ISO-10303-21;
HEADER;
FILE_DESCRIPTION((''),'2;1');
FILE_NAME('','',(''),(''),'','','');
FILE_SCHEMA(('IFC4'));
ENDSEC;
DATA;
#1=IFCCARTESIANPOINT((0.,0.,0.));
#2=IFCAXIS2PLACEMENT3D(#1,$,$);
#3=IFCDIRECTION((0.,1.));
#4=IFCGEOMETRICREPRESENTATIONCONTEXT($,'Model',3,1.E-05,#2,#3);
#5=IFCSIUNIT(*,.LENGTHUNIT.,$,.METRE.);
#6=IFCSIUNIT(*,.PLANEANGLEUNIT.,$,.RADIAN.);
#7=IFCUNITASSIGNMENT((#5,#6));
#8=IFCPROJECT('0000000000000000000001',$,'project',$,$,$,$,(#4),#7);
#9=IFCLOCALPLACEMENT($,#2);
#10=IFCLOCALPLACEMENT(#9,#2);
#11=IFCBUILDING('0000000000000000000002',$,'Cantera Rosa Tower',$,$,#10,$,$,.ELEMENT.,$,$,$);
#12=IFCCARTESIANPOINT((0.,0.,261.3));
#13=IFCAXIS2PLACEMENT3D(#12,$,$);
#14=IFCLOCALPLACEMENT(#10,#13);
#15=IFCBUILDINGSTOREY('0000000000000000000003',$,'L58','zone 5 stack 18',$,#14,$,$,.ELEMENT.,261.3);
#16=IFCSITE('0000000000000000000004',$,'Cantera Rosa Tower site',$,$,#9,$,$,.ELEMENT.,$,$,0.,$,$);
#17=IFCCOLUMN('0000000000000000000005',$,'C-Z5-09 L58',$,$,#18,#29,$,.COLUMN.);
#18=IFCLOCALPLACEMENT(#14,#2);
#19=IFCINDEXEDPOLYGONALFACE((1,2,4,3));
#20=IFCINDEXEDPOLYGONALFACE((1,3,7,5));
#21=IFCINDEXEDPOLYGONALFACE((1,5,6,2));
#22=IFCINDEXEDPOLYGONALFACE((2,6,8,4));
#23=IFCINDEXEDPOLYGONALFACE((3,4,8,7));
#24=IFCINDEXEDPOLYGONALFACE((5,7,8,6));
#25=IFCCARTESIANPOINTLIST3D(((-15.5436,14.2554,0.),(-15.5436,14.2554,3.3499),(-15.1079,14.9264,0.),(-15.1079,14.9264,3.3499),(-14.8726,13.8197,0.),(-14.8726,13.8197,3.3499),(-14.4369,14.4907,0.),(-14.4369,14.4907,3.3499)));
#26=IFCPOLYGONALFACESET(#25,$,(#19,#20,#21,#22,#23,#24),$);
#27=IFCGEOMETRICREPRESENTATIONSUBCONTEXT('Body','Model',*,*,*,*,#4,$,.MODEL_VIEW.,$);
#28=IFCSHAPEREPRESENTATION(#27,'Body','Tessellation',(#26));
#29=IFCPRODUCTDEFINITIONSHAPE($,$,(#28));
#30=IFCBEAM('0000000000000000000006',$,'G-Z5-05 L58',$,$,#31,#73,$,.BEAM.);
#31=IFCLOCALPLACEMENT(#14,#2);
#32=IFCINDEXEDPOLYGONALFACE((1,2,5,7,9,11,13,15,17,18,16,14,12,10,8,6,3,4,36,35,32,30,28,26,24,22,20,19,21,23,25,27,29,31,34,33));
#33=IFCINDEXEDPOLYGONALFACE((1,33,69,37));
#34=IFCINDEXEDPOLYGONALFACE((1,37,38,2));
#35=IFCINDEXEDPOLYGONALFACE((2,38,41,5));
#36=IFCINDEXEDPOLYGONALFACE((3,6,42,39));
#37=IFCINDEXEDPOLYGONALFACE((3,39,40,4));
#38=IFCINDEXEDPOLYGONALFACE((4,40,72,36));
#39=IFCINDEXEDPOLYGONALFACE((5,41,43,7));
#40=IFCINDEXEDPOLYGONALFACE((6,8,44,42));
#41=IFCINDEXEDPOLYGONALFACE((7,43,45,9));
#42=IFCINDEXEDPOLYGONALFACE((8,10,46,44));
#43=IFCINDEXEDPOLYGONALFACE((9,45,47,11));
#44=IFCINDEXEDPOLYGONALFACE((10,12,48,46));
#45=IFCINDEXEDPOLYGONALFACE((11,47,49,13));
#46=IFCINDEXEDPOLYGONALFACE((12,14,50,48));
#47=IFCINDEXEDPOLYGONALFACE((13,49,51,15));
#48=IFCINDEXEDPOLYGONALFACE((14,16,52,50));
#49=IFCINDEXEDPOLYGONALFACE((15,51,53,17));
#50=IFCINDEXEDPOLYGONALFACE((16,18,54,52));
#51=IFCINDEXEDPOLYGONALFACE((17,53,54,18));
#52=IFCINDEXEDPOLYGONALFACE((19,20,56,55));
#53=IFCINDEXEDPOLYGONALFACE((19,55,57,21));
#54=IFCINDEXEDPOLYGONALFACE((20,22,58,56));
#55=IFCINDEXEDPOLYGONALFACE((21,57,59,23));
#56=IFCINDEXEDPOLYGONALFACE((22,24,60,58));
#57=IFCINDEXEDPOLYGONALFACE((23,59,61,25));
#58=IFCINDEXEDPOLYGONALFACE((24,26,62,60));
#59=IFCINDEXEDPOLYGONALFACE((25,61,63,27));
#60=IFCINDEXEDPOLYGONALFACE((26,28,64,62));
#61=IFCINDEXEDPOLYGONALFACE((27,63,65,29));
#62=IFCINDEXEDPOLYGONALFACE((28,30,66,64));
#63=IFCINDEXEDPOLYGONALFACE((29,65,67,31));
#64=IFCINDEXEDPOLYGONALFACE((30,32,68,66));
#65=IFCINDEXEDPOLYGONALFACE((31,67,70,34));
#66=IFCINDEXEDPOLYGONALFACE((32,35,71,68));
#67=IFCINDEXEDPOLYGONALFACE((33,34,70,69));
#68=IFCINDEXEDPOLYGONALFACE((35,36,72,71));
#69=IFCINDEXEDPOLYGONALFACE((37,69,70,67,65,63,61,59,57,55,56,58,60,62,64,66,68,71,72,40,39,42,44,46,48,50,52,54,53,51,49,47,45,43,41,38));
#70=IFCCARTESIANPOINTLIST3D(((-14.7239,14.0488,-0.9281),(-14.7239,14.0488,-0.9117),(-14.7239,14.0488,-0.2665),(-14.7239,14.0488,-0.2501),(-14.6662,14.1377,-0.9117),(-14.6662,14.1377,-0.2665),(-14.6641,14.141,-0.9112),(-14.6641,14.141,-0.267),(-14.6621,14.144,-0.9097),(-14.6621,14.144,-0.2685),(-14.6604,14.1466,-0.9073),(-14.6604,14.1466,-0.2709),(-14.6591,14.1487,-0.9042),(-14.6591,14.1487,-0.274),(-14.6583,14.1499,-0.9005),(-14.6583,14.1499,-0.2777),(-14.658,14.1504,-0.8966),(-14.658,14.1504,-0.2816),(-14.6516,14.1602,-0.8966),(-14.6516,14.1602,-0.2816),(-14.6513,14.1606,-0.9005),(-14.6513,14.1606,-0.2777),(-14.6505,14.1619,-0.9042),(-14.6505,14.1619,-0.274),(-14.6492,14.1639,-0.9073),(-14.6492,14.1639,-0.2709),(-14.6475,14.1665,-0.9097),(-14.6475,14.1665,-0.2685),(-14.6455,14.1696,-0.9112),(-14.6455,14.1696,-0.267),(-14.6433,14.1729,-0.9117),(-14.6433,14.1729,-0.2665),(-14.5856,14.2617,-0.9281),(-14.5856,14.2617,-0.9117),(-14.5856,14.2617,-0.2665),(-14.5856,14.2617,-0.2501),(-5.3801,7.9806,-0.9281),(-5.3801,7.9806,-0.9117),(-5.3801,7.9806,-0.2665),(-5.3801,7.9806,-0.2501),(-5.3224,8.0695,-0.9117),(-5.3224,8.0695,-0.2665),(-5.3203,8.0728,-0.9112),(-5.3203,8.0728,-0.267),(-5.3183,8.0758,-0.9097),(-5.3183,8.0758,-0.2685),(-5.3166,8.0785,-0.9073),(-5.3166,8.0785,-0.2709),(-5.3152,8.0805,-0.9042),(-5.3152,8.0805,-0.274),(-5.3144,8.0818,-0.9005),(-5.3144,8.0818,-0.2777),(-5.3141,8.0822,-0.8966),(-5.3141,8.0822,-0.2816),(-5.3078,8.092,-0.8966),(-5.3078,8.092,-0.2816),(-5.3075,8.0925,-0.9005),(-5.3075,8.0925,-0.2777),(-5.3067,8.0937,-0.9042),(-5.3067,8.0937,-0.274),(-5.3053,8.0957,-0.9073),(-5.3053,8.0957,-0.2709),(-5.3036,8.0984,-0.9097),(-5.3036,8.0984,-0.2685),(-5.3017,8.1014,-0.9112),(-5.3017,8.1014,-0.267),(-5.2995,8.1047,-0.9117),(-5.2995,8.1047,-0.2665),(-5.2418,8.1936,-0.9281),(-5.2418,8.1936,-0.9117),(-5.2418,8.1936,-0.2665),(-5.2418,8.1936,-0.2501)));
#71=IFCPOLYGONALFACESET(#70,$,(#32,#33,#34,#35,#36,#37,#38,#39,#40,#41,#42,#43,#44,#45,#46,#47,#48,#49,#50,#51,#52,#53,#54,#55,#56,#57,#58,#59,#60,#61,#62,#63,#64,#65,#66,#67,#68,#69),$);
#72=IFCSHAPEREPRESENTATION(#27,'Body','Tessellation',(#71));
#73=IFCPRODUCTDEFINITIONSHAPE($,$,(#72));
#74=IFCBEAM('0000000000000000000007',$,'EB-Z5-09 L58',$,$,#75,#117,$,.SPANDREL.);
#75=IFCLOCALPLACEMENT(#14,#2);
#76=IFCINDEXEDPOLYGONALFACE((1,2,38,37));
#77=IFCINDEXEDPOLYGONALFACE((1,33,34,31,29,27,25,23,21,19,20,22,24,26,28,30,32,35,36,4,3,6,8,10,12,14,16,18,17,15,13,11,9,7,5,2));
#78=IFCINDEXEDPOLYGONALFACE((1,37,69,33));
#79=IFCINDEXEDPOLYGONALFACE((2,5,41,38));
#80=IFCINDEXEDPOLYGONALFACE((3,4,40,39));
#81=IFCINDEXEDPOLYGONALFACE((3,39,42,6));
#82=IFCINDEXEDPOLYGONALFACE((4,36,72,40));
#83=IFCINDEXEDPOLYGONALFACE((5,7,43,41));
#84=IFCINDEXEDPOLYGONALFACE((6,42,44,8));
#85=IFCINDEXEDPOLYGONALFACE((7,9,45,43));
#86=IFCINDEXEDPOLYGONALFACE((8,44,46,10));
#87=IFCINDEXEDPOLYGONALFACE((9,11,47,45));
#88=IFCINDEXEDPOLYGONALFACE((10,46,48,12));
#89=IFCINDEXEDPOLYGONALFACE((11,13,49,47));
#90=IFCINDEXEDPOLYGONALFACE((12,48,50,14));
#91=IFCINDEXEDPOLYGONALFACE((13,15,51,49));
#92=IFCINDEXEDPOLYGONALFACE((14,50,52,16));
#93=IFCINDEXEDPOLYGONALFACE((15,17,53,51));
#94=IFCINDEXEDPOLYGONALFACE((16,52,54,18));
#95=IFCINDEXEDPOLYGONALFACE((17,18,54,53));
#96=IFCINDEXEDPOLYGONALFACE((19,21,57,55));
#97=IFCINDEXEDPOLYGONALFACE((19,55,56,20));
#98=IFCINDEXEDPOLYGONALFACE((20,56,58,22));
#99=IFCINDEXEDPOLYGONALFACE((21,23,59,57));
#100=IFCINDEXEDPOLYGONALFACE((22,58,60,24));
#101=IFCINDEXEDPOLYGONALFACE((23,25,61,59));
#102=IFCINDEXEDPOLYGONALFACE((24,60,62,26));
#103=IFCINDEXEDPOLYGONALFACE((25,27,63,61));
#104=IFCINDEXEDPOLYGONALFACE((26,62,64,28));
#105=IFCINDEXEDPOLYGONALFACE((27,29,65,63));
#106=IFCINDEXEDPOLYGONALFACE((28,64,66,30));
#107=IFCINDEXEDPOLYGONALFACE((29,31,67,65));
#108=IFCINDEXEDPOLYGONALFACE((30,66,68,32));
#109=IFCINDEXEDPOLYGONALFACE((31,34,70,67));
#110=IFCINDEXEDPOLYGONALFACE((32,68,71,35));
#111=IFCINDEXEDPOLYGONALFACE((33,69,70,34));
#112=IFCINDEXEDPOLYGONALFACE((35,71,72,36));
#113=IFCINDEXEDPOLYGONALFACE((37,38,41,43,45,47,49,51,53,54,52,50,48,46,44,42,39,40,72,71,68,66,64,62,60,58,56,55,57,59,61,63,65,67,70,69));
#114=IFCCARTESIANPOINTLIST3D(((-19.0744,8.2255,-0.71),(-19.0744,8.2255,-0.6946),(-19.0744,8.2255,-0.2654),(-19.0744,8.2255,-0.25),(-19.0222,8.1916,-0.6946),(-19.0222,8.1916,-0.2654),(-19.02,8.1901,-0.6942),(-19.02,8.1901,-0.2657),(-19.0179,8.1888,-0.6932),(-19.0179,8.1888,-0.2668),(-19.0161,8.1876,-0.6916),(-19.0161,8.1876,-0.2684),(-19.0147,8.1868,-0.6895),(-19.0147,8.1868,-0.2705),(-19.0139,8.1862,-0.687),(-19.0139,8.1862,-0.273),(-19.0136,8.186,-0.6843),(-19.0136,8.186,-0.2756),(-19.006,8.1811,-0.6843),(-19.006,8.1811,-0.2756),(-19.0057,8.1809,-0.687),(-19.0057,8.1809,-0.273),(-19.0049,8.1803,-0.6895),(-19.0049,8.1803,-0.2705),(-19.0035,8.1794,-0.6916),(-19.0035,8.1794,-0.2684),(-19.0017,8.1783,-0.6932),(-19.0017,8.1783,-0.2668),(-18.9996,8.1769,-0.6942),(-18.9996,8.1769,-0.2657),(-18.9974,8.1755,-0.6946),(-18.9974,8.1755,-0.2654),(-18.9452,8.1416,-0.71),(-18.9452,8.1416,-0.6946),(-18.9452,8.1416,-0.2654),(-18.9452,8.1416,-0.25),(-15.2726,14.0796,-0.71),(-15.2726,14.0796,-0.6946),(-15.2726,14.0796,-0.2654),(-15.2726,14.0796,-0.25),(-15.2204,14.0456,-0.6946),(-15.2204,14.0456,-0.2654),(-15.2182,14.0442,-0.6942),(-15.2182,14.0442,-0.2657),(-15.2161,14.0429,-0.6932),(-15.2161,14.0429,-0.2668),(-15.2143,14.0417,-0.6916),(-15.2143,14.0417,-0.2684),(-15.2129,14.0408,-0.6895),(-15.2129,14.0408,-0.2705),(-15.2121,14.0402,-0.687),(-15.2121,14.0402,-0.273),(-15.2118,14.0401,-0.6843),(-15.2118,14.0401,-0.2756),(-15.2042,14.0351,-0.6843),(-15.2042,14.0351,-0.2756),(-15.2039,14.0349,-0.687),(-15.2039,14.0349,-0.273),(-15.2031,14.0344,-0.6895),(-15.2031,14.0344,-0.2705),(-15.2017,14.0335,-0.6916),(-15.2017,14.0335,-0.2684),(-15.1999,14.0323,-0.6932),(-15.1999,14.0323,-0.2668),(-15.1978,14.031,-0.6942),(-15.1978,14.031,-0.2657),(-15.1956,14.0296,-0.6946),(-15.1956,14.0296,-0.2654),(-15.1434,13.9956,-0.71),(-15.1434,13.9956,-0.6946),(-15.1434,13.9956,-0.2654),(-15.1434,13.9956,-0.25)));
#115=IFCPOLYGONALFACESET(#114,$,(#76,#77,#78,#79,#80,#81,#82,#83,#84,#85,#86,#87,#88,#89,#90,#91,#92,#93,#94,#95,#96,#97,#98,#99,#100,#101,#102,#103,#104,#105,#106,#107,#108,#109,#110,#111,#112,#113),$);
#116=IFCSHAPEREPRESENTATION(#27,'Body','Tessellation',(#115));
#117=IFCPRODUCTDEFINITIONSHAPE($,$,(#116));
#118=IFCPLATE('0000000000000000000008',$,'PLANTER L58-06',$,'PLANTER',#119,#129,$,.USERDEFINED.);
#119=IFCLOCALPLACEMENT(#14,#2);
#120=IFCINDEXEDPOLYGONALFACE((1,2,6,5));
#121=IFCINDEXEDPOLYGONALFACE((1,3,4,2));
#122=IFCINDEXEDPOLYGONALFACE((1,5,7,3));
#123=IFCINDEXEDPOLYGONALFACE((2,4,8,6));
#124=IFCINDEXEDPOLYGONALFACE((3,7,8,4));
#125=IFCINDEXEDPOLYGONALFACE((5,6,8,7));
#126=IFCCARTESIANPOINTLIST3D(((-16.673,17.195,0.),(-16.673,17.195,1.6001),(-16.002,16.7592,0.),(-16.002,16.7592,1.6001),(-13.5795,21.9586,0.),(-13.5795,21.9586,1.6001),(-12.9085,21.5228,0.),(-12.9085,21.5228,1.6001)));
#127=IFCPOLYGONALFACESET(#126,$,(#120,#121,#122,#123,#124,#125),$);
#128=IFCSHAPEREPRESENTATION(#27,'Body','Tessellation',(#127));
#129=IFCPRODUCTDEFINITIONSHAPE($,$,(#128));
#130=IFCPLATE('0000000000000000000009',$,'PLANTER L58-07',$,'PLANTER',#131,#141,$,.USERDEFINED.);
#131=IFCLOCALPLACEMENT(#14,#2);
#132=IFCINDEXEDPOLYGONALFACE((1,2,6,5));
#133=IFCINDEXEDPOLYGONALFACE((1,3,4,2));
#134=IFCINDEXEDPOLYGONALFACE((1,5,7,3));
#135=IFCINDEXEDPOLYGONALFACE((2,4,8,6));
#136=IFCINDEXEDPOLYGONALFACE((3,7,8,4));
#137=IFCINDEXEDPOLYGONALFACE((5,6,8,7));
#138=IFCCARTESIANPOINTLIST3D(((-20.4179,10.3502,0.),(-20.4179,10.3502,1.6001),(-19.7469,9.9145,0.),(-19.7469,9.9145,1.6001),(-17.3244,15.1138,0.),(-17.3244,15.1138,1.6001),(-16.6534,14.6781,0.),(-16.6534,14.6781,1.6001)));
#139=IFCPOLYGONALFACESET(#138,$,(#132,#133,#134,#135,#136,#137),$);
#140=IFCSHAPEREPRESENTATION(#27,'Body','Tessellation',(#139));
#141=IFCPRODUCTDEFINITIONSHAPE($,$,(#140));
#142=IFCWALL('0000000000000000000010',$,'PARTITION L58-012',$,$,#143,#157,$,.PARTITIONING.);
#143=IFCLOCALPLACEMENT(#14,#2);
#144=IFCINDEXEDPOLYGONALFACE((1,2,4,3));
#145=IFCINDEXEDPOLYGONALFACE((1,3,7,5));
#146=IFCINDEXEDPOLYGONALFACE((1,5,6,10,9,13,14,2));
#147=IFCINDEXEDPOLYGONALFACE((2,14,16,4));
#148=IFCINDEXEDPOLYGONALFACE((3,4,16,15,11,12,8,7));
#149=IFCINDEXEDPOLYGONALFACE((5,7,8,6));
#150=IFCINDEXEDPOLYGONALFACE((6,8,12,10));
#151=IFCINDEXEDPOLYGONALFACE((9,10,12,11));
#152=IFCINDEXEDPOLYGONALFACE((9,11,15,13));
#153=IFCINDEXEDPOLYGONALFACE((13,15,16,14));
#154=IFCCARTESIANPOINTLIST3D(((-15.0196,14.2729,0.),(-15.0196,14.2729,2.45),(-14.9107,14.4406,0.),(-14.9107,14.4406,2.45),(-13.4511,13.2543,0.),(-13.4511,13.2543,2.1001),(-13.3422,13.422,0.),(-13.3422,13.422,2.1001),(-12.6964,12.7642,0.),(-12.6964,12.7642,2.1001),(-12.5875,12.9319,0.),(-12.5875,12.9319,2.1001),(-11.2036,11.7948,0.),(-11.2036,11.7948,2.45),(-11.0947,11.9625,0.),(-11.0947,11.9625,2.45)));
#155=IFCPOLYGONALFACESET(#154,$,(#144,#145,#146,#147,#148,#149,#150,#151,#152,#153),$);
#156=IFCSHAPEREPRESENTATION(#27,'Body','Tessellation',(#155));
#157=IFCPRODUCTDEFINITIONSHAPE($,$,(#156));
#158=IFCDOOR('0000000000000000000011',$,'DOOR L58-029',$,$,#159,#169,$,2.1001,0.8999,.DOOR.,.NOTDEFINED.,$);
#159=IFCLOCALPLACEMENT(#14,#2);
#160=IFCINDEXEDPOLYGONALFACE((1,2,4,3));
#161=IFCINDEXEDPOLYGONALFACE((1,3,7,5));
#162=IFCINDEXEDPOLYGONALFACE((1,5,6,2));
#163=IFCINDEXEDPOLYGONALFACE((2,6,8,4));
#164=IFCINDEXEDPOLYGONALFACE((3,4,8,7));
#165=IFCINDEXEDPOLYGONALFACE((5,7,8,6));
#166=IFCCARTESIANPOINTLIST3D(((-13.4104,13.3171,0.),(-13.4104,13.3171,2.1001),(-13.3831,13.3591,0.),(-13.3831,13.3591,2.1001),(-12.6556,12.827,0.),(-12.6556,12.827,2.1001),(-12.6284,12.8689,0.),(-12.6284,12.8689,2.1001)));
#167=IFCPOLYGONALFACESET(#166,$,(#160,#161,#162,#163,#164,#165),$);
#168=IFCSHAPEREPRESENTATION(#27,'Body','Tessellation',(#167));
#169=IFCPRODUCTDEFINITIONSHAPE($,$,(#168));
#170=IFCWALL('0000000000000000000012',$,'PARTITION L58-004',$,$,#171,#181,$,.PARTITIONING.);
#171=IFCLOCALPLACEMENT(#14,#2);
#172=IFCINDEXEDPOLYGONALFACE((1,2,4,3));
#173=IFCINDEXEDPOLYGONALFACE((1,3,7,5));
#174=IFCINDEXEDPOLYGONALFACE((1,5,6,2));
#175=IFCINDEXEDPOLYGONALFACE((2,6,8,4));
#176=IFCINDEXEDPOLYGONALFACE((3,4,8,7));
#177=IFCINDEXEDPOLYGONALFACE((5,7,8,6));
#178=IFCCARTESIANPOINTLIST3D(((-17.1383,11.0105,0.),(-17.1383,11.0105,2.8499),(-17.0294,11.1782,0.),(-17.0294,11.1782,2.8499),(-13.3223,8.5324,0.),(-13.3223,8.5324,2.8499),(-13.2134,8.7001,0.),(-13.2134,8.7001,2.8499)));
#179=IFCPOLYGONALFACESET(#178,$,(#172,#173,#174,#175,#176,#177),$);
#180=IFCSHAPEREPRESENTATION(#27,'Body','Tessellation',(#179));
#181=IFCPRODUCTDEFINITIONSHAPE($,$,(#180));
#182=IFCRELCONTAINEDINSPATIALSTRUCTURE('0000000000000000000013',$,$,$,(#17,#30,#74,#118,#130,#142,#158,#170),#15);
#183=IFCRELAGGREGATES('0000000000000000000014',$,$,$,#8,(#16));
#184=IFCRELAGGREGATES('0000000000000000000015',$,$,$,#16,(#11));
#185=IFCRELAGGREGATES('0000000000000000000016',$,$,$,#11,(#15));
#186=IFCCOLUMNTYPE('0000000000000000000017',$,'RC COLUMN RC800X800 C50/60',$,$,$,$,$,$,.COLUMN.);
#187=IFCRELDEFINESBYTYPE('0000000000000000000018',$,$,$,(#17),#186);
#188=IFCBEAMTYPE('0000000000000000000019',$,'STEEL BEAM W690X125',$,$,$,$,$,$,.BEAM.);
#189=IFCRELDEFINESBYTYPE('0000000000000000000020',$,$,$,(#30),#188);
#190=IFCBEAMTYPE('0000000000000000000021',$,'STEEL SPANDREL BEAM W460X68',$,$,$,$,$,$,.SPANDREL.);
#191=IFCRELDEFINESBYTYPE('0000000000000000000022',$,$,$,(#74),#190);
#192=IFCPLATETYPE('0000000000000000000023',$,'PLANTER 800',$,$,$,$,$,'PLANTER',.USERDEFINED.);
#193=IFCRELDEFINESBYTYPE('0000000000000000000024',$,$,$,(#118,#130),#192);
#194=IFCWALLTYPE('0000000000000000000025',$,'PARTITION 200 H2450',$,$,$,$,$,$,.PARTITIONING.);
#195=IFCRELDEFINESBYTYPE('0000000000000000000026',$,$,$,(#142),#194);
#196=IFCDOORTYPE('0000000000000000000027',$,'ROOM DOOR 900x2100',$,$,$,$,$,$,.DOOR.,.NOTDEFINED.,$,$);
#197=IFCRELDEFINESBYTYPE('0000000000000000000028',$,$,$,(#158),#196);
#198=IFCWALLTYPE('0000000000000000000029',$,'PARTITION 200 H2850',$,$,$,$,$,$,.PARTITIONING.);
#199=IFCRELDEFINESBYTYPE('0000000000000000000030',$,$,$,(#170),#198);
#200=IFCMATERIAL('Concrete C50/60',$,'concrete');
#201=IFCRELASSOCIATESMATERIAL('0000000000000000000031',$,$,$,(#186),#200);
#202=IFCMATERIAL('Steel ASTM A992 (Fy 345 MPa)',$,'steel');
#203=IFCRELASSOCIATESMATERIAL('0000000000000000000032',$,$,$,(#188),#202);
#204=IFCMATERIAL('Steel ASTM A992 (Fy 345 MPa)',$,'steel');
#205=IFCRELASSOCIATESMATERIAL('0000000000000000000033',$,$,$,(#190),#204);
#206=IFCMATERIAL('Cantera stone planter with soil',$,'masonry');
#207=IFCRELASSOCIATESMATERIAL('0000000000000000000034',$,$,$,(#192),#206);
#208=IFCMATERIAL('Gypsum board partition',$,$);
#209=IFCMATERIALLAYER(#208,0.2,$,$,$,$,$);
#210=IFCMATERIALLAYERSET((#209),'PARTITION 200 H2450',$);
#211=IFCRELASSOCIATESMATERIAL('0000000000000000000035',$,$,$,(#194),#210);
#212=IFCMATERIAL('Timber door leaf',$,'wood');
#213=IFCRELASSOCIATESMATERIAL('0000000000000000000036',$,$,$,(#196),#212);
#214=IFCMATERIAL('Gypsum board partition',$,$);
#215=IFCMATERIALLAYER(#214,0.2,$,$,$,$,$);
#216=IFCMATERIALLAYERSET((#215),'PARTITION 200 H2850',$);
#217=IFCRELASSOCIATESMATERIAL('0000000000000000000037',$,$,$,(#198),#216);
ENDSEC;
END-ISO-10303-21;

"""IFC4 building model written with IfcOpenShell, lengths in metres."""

from ifc_helpers import new_model, si_unit, direction, frame, frame_2d, origin, origin_2d, place, context, subcontext, project, spatial, rectangle, i_section, extrude, material, layer, layer_set, material_profile, profile_set, type_object, element, fill, save


model = new_model("IFC4")

# Units and contexts
model_context = context("Model", 3, precision=1e-05, world=origin(), true_north=direction((0.0, 1.0)))
body_context = subcontext(model_context, "Body", "Model", "MODEL_VIEW")
ifc_project = project(units=[si_unit("LENGTHUNIT", "METRE"), si_unit("PLANEANGLEUNIT", "RADIAN")], contexts=[model_context])

# Site, building, storey
site_placement = place(None, origin())
site = spatial("IfcSite", under=ifc_project, at=site_placement, Name="Cantera Rosa Tower site", CompositionType="ELEMENT", RefElevation=0.0)
building_placement = place(site_placement, origin())
building = spatial("IfcBuilding", under=site, at=building_placement, Name="Cantera Rosa Tower", CompositionType="ELEMENT")
storey_placement = place(building_placement, frame((0.0, 0.0, 261.3)))
storey = spatial("IfcBuildingStorey", under=building, at=storey_placement, Name="L58", Description="zone 5 stack 18", CompositionType="ELEMENT", Elevation=261.3)

# Column
ifc_material_1 = material(Name="Concrete C50/60", Category="concrete")
ifc_material_profile_1 = material_profile(ifc_material_1, rectangle(XDim=0.8, YDim=0.8, at=origin_2d()), Name="RC COLUMN RC800X800 C50/60")
ifc_profile_set_1 = profile_set([ifc_material_profile_1], Name="Concrete C50/60")
column_type = type_object("IfcColumnType", Name="RC COLUMN RC800X800 C50/60", PredefinedType="COLUMN", material=ifc_profile_set_1)
column_placement = place(storey_placement, frame((-14.9902, 14.373, 0.0), z_axis=(0.0, 0.0, 1.0), x_axis=(0.544639, 0.838671, 0.0)))
element("IfcColumn", 1, at=column_placement, inside=storey, type_object=column_type, Name="C-Z5-09 L58", PredefinedType="COLUMN", context=body_context, shape_type="SweptSolid", body=[
    extrude(rectangle(XDim=0.8, YDim=0.8, at=origin_2d()), origin(), (0.0, 0.0, 1.0), 3.3499),
])

# Beams
ifc_material_2 = material(Name="Steel ASTM A992 (Fy 345 MPa)", Category="steel")
ifc_material_profile_2 = material_profile(ifc_material_2, i_section(OverallWidth=0.2539, OverallDepth=0.678, WebThickness=0.0117, FlangeThickness=0.0164, FilletRadius=0.0151, at=origin_2d()), Name="W690X125")
ifc_profile_set_2 = profile_set([ifc_material_profile_2], Name="Steel ASTM A992 (Fy 345 MPa)")
beam_type_1 = type_object("IfcBeamType", Name="STEEL BEAM W690X125", PredefinedType="BEAM", material=ifc_profile_set_2)
beam_1_placement = place(storey_placement, frame((-14.6548, 14.1553, -0.5891), z_axis=(0.838662, -0.544652, 0.0), x_axis=(0.544652, 0.838662, 0.0)))
element("IfcBeam", 2, at=beam_1_placement, inside=storey, type_object=beam_type_1, Name="G-Z5-05 L58", PredefinedType="BEAM", context=body_context, shape_type="SweptSolid", body=[
    extrude(i_section(OverallWidth=0.2539, OverallDepth=0.678, WebThickness=0.0117, FlangeThickness=0.0164, FilletRadius=0.0151, at=origin_2d()), origin(), (0.0, 0.0, 1.0), 11.1414),
])
ifc_material_3 = material(Name="Steel ASTM A992 (Fy 345 MPa)", Category="steel")
ifc_material_profile_3 = material_profile(ifc_material_3, i_section(OverallWidth=0.1541, OverallDepth=0.46, WebThickness=0.009, FlangeThickness=0.0154, FilletRadius=0.0103, at=origin_2d()), Name="W460X68")
ifc_profile_set_3 = profile_set([ifc_material_profile_3], Name="Steel ASTM A992 (Fy 345 MPa)")
beam_type_2 = type_object("IfcBeamType", Name="STEEL SPANDREL BEAM W460X68", PredefinedType="SPANDREL", material=ifc_profile_set_3)
beam_2_placement = place(storey_placement, frame((-15.208, 14.0376, -0.48), z_axis=(-0.544651, -0.838663, 0.0), x_axis=(0.838663, -0.544651, 0.0)))
element("IfcBeam", 3, at=beam_2_placement, inside=storey, type_object=beam_type_2, Name="EB-Z5-09 L58", PredefinedType="SPANDREL", context=body_context, shape_type="SweptSolid", body=[
    extrude(i_section(OverallWidth=0.1541, OverallDepth=0.46, WebThickness=0.009, FlangeThickness=0.0154, FilletRadius=0.0103, at=origin_2d()), origin(), (0.0, 0.0, 1.0), 6.9802),
])

# Plates
ifc_material_4 = material(Name="Cantera stone planter with soil", Category="masonry")
plate_type = type_object("IfcPlateType", Name="PLANTER 800", ElementType="PLANTER", PredefinedType="USERDEFINED", material=ifc_material_4)
for number, where, z_axis, x_axis, name in (
    (4, (-14.7908, 19.3589, 0.0), (0.0, 0.0, 1.0), (-0.544639, -0.838671, 0.0), "PLANTER L58-06"),
    (5, (-18.5356, 12.5142, 0.0), (0.0, 0.0, 1.0), (-0.544639, -0.838671, 0.0), "PLANTER L58-07"),
):
    element("IfcPlate", number, at=place(storey_placement, frame(where, z_axis=z_axis, x_axis=x_axis)), inside=storey, type_object=plate_type, Name=name, ObjectType="PLANTER", PredefinedType="USERDEFINED", context=body_context, shape_type="SweptSolid", body=[
        extrude(rectangle(XDim=5.6799, YDim=0.8, at=origin_2d()), origin(), (0.0, 0.0, 1.0), 1.6001),
    ])

# Wall, opening, door
ifc_material_5 = material(Name="Gypsum board partition")
ifc_layer_1 = layer(ifc_material_5, 0.2)
ifc_layer_set_1 = layer_set([ifc_layer_1], Name="PARTITION 200 H2450")
wall_type_1 = type_object("IfcWallType", Name="PARTITION 200 H2450", PredefinedType="PARTITIONING", material=ifc_layer_set_1)
wall_1_placement = place(storey_placement, frame((-14.9651, 14.3567, 0.0), z_axis=(0.0, 0.0, 1.0), x_axis=(0.838676, -0.54463, 0.0)))
wall_1 = element("IfcWall", 6, at=wall_1_placement, inside=storey, type_object=wall_type_1, Name="PARTITION L58-012", PredefinedType="PARTITIONING", context=body_context, shape_type="SweptSolid", body=[
    extrude(rectangle(XDim=4.55, YDim=0.2, at=frame_2d((2.2749, 0.0))), origin(), (0.0, 0.0, 1.0), 2.45),
])
opening_1_placement = place(wall_1_placement, frame((1.8701, 0.0, 0.0)))
opening_1 = element("IfcOpeningElement", 7, at=opening_1_placement, cuts=wall_1, PredefinedType="OPENING", context=body_context, shape_type="SweptSolid", body=[
    extrude(rectangle(XDim=0.8999, YDim=2.1001, at=frame_2d((0.45, 1.05))), frame((0.0, 0.1099, 0.0), z_axis=(0.0, -1.0, 0.0), x_axis=(1.0, 0.0, 0.0)), (0.0, 0.0, 1.0), 0.22),
])
ifc_material_6 = material(Name="Timber door leaf", Category="wood")
door_type_1 = type_object("IfcDoorType", Name="ROOM DOOR 900x2100", OperationType="NOTDEFINED", PredefinedType="DOOR", material=ifc_material_6)
door_1_placement = place(opening_1_placement, origin())
door_1 = element("IfcDoor", 8, at=door_1_placement, inside=storey, type_object=door_type_1, Name="DOOR L58-029", OperationType="NOTDEFINED", OverallHeight=2.1001, OverallWidth=0.8999, PredefinedType="DOOR", context=body_context, shape_type="SweptSolid", body=[
    extrude(rectangle(XDim=0.8999, YDim=2.1001, at=frame_2d((0.45, 1.05))), frame((0.0, 0.0249, 0.0), z_axis=(0.0, -1.0, 0.0), x_axis=(1.0, 0.0, 0.0)), (0.0, 0.0, 1.0), 0.05),
])
fill(opening_1, door_1)

# Wall
ifc_material_7 = material(Name="Gypsum board partition")
ifc_layer_2 = layer(ifc_material_7, 0.2)
ifc_layer_set_2 = layer_set([ifc_layer_2], Name="PARTITION 200 H2850")
wall_type_2 = type_object("IfcWallType", Name="PARTITION 200 H2850", PredefinedType="PARTITIONING", material=ifc_layer_set_2)
wall_2_placement = place(storey_placement, frame((-17.0837, 11.0942, 0.0), z_axis=(0.0, 0.0, 1.0), x_axis=(0.838676, -0.54463, 0.0)))
element("IfcWall", 9, at=wall_2_placement, inside=storey, type_object=wall_type_2, Name="PARTITION L58-004", PredefinedType="PARTITIONING", context=body_context, shape_type="SweptSolid", body=[
    extrude(rectangle(XDim=4.55, YDim=0.2, at=frame_2d((2.2749, 0.0))), origin(), (0.0, 0.0, 1.0), 2.8499),
])

save(model, "model.ifc")
